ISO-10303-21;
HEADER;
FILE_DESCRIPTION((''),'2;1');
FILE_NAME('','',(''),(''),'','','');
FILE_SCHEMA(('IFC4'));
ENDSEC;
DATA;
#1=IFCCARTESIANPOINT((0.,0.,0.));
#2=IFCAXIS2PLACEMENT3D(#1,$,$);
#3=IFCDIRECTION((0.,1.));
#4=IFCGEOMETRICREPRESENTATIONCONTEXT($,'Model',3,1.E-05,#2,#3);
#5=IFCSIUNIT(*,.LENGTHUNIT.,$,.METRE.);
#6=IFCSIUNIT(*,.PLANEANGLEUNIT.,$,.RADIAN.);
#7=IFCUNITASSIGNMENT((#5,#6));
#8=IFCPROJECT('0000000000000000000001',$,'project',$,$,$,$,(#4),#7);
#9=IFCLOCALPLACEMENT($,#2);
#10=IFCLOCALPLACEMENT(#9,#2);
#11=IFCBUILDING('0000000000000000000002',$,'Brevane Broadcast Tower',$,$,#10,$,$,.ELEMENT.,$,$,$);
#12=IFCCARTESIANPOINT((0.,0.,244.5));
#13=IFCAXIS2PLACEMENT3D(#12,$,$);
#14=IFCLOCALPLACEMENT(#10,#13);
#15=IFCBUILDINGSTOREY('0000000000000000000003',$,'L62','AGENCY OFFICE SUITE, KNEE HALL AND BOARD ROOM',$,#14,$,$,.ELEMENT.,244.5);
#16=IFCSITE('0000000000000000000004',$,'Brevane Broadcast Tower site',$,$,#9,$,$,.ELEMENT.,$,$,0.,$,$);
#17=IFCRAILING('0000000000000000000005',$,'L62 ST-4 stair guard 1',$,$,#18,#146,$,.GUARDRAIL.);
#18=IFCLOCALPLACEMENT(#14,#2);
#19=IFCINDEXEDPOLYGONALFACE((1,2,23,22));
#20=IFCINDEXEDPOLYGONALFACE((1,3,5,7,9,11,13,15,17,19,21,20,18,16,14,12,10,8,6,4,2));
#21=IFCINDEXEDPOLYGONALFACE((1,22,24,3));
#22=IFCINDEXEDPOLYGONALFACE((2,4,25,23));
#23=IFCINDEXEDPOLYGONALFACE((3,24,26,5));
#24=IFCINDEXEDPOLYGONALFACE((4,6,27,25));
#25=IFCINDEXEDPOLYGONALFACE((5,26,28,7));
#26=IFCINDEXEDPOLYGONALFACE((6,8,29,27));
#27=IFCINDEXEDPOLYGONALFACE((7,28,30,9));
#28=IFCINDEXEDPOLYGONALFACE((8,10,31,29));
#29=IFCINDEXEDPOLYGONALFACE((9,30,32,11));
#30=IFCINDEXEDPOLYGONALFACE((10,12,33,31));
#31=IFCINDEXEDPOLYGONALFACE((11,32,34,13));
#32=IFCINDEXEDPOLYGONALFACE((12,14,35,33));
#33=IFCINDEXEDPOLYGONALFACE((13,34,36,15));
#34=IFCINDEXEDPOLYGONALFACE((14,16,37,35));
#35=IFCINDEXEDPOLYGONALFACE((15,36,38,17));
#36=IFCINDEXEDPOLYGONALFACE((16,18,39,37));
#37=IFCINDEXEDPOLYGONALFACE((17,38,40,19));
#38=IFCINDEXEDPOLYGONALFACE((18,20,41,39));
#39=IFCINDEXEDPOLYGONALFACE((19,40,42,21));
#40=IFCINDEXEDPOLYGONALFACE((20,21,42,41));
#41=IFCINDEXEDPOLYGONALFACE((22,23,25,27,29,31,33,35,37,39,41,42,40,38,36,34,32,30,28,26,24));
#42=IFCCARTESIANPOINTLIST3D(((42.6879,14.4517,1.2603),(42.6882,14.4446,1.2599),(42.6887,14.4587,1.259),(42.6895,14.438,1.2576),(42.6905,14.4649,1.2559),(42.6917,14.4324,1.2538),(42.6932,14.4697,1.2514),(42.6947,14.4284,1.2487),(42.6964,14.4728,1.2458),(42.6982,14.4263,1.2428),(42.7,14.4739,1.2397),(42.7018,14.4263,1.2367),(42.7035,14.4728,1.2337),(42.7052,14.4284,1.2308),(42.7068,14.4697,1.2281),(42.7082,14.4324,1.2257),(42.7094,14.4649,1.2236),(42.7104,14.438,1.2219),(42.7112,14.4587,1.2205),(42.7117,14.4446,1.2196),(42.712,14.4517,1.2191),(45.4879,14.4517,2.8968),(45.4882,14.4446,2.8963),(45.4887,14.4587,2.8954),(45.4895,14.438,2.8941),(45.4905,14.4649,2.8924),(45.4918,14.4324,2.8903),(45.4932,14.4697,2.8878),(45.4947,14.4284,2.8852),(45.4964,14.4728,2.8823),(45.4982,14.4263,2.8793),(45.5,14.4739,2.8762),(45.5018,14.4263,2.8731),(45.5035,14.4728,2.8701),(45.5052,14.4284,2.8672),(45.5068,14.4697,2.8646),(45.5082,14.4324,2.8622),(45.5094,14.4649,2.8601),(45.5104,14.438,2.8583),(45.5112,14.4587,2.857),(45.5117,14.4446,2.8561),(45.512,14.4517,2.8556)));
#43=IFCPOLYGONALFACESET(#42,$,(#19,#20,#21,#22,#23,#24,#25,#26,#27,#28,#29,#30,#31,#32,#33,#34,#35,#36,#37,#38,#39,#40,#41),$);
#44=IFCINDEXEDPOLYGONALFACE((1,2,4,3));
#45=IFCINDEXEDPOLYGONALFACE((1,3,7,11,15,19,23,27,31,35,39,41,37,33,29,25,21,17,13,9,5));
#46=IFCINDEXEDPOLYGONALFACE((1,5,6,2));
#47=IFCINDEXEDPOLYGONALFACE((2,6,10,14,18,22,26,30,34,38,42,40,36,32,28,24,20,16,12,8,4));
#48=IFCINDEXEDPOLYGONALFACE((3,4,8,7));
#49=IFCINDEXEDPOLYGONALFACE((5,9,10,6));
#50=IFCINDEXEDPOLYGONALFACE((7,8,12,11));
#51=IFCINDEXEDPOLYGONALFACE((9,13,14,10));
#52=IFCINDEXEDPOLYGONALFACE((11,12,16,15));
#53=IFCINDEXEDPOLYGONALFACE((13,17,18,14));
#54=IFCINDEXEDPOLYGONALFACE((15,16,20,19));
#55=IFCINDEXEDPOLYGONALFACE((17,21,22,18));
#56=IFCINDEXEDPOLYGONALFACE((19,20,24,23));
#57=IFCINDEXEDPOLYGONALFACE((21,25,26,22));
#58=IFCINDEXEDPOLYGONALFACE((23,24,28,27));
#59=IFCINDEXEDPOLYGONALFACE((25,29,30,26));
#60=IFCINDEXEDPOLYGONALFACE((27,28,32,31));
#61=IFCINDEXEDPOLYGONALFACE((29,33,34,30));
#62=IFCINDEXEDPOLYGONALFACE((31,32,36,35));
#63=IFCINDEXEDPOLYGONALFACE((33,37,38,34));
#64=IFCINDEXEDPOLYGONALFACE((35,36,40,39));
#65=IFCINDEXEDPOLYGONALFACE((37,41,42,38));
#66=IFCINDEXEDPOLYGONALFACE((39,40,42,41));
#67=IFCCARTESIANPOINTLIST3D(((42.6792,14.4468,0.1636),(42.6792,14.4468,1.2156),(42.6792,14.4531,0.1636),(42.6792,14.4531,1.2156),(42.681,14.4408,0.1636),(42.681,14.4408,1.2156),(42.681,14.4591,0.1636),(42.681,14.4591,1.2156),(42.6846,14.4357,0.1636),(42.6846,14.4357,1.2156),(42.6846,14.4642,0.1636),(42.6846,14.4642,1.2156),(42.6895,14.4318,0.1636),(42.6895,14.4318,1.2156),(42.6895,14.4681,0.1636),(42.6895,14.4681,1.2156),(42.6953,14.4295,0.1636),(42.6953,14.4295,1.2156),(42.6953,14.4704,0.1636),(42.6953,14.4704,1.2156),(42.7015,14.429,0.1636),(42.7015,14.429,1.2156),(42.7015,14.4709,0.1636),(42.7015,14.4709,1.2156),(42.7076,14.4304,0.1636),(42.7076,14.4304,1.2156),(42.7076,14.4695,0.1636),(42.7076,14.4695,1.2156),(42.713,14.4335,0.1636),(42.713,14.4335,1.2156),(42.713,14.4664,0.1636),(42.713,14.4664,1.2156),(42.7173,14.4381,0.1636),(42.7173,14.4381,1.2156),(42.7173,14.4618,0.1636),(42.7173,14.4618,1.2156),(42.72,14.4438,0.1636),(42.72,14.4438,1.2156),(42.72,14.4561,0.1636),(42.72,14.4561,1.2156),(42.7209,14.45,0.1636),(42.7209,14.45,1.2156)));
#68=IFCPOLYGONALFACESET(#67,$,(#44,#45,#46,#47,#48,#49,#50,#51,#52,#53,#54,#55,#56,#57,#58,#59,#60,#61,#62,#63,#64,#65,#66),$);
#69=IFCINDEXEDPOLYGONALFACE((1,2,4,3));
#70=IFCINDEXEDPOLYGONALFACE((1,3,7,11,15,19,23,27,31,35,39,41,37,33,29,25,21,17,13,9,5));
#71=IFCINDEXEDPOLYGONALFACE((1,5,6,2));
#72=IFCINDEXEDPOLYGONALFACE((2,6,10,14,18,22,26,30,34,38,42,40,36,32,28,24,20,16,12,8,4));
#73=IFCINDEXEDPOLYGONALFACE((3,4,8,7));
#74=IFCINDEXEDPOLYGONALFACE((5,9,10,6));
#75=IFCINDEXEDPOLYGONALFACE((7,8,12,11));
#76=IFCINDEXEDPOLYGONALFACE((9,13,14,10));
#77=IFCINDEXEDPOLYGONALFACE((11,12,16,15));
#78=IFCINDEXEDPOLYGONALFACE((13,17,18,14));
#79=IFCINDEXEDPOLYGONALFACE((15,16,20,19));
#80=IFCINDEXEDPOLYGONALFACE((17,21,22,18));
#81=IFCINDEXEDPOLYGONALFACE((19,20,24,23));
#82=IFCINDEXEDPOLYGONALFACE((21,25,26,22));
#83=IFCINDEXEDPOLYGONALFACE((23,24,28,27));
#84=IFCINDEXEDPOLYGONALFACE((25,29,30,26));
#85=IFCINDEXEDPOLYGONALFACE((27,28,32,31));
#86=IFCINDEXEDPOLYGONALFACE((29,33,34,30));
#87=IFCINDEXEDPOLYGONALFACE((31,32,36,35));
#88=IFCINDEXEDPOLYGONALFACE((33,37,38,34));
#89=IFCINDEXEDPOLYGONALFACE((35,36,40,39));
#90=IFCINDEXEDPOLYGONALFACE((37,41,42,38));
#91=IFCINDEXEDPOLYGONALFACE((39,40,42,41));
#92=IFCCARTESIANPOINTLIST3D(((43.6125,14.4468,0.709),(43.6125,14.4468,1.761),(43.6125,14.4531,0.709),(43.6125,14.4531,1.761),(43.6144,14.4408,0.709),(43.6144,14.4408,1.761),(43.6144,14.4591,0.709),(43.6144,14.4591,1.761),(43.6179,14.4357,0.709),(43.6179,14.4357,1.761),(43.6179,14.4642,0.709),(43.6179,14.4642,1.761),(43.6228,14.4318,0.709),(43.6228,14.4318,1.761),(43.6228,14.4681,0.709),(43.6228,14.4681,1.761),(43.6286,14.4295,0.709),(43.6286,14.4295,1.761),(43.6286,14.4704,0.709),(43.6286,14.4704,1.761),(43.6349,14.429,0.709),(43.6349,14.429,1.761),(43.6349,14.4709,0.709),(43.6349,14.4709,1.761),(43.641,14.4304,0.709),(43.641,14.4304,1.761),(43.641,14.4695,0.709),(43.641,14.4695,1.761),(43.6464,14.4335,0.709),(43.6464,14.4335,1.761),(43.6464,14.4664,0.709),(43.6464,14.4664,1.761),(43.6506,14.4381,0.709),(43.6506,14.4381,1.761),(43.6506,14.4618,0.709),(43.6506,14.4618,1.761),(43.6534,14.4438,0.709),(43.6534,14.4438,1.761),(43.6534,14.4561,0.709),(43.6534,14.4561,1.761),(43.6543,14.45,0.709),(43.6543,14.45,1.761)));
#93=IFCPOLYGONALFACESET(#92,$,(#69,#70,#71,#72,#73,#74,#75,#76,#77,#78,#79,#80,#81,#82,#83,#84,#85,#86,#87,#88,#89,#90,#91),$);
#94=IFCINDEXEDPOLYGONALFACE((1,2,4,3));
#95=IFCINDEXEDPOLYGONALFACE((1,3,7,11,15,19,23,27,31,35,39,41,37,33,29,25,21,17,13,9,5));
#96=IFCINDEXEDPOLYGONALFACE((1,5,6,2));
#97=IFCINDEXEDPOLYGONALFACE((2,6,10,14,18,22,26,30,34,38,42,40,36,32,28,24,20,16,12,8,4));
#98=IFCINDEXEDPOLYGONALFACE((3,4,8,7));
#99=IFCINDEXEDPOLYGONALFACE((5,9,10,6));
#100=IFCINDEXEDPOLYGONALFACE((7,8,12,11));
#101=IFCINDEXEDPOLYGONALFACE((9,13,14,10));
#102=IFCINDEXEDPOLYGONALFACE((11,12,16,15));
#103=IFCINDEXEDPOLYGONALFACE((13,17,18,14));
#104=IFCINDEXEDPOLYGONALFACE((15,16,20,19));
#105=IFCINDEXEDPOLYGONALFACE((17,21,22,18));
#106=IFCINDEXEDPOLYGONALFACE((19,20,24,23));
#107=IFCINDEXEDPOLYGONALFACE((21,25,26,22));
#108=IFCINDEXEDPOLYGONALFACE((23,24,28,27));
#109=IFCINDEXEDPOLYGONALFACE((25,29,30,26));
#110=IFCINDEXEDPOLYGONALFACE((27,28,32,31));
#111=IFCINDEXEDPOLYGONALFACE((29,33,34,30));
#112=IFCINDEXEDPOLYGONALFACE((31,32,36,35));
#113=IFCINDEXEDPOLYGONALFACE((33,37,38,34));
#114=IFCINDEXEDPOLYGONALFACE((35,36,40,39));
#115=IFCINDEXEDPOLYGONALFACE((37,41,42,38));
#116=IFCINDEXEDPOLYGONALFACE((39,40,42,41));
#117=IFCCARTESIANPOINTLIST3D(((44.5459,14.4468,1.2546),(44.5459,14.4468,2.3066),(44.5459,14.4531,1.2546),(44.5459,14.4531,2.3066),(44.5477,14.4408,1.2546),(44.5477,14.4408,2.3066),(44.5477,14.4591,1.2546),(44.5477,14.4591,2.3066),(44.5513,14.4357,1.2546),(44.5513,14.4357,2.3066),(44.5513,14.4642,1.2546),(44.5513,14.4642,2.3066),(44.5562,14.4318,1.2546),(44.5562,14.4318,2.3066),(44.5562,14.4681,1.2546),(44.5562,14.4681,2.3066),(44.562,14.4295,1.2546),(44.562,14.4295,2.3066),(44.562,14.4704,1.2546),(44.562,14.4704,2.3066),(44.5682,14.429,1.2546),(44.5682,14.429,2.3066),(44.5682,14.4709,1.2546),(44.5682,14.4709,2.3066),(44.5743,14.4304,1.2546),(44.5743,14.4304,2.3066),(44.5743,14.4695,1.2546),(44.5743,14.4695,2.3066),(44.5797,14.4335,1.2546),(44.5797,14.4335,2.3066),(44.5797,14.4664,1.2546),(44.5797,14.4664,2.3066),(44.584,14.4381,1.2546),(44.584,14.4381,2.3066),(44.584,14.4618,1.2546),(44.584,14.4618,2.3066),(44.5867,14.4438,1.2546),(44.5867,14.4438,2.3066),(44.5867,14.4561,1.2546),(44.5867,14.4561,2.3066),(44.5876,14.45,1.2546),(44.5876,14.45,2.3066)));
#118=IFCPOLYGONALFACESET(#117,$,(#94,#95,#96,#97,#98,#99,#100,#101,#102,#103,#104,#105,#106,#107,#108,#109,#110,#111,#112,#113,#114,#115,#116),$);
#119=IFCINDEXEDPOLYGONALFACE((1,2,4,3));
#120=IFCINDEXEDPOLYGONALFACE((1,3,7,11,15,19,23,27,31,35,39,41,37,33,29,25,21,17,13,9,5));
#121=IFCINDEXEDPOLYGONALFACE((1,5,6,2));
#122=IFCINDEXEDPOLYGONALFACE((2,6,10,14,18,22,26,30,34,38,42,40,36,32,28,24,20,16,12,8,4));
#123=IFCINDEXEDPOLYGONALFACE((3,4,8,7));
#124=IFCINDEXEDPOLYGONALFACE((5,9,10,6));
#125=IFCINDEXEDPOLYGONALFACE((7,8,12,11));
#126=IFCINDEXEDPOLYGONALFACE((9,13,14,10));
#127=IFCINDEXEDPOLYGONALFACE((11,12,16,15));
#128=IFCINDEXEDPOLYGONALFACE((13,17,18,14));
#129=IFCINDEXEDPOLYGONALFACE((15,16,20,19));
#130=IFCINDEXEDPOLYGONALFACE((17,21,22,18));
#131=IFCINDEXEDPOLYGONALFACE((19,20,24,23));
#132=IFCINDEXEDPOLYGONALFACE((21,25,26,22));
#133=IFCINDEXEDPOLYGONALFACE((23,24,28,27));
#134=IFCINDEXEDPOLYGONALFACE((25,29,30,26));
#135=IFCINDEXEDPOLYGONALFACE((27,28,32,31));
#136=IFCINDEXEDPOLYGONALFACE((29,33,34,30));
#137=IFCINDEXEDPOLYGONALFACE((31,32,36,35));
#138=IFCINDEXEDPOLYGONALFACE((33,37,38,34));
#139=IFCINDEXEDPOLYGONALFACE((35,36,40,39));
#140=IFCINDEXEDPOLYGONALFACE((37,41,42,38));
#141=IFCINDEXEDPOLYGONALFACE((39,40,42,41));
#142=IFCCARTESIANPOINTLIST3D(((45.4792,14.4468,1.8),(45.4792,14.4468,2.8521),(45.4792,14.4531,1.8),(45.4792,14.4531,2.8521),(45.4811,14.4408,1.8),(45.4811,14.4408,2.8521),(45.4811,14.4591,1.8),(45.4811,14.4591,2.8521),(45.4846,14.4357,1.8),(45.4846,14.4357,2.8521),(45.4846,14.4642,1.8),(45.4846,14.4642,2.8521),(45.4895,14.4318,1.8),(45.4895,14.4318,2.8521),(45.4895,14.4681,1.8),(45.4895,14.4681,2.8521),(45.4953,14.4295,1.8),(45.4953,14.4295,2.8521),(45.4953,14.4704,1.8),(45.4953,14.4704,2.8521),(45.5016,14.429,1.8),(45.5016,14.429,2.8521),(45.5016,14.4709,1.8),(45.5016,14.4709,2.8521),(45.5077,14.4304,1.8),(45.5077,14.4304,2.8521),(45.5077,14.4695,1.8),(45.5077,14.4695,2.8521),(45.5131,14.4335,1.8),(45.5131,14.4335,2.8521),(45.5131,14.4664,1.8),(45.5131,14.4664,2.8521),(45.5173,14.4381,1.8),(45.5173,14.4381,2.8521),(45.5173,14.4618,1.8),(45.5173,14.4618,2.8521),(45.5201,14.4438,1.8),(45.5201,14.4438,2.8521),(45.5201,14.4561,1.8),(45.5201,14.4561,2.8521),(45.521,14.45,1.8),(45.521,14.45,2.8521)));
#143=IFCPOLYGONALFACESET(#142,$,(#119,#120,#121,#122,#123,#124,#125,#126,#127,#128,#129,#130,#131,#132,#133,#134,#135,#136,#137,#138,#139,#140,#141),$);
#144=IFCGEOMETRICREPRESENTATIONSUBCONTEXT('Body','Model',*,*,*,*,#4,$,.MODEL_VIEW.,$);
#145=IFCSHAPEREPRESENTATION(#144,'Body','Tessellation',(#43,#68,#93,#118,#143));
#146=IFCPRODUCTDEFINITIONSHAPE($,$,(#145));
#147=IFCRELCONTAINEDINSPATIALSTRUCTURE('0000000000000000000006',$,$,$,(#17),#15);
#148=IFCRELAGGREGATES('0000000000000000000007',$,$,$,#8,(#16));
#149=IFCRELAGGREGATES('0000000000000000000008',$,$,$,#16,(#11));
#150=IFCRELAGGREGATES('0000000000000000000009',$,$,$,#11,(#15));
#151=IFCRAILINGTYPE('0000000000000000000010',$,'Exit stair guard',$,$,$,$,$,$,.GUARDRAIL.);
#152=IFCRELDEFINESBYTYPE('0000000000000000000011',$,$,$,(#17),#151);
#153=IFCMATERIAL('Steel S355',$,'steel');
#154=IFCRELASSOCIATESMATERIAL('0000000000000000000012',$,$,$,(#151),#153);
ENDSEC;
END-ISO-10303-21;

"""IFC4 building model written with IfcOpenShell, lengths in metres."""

from ifc_helpers import new_model, si_unit, direction, frame, origin, origin_2d, place, context, subcontext, project, spatial, circle, extrude, material, type_object, element, save


model = new_model("IFC4")

# Units and contexts
model_context = context("Model", 3, precision=1e-05, world=origin(), true_north=direction((0.0, 1.0)))
body_context = subcontext(model_context, "Body", "Model", "MODEL_VIEW")
ifc_project = project(units=[si_unit("LENGTHUNIT", "METRE"), si_unit("PLANEANGLEUNIT", "RADIAN")], contexts=[model_context])

# Site, building, storey
site_placement = place(None, origin())
site = spatial("IfcSite", under=ifc_project, at=site_placement, Name="Brevane Broadcast Tower site", CompositionType="ELEMENT", RefElevation=0.0)
building_placement = place(site_placement, origin())
building = spatial("IfcBuilding", under=site, at=building_placement, Name="Brevane Broadcast Tower", CompositionType="ELEMENT")
storey_placement = place(building_placement, frame((0.0, 0.0, 244.5)))
storey = spatial("IfcBuildingStorey", under=building, at=storey_placement, Name="L62", Description="AGENCY OFFICE SUITE, KNEE HALL AND BOARD ROOM", CompositionType="ELEMENT", Elevation=244.5)

# Railing
ifc_material_1 = material(Name="Steel S355", Category="steel")
railing_type_1 = type_object("IfcRailingType", Name="Exit stair guard", PredefinedType="GUARDRAIL", material=ifc_material_1)
railing_1_placement = place(storey_placement, frame((42.7, 14.45, 0.1636)))
element("IfcRailing", 1, at=railing_1_placement, inside=storey, type_object=railing_type_1, Name="L62 ST-4 stair guard 1", PredefinedType="GUARDRAIL", context=body_context, shape_type="SweptSolid", body=[
    extrude(circle(Radius=0.0239, at=origin_2d()), frame((0.0, 0.0, 1.0762), z_axis=(0.863361, 0.0, 0.504587), x_axis=(0.0, 1.0, 0.0)), (0.0, 0.0, 1.0), 3.2432),
    extrude(circle(Radius=0.021, at=origin_2d()), origin(), (0.0, 0.0, 1.0), 1.052),
    extrude(circle(Radius=0.021, at=origin_2d()), frame((0.9333, 0.0, 0.5454)), (0.0, 0.0, 1.0), 1.052),
    extrude(circle(Radius=0.021, at=origin_2d()), frame((1.8667, 0.0, 1.0911)), (0.0, 0.0, 1.0), 1.052),
    extrude(circle(Radius=0.021, at=origin_2d()), frame((2.8, 0.0, 1.6365)), (0.0, 0.0, 1.0), 1.052),
])

save(model, "model.ifc")
